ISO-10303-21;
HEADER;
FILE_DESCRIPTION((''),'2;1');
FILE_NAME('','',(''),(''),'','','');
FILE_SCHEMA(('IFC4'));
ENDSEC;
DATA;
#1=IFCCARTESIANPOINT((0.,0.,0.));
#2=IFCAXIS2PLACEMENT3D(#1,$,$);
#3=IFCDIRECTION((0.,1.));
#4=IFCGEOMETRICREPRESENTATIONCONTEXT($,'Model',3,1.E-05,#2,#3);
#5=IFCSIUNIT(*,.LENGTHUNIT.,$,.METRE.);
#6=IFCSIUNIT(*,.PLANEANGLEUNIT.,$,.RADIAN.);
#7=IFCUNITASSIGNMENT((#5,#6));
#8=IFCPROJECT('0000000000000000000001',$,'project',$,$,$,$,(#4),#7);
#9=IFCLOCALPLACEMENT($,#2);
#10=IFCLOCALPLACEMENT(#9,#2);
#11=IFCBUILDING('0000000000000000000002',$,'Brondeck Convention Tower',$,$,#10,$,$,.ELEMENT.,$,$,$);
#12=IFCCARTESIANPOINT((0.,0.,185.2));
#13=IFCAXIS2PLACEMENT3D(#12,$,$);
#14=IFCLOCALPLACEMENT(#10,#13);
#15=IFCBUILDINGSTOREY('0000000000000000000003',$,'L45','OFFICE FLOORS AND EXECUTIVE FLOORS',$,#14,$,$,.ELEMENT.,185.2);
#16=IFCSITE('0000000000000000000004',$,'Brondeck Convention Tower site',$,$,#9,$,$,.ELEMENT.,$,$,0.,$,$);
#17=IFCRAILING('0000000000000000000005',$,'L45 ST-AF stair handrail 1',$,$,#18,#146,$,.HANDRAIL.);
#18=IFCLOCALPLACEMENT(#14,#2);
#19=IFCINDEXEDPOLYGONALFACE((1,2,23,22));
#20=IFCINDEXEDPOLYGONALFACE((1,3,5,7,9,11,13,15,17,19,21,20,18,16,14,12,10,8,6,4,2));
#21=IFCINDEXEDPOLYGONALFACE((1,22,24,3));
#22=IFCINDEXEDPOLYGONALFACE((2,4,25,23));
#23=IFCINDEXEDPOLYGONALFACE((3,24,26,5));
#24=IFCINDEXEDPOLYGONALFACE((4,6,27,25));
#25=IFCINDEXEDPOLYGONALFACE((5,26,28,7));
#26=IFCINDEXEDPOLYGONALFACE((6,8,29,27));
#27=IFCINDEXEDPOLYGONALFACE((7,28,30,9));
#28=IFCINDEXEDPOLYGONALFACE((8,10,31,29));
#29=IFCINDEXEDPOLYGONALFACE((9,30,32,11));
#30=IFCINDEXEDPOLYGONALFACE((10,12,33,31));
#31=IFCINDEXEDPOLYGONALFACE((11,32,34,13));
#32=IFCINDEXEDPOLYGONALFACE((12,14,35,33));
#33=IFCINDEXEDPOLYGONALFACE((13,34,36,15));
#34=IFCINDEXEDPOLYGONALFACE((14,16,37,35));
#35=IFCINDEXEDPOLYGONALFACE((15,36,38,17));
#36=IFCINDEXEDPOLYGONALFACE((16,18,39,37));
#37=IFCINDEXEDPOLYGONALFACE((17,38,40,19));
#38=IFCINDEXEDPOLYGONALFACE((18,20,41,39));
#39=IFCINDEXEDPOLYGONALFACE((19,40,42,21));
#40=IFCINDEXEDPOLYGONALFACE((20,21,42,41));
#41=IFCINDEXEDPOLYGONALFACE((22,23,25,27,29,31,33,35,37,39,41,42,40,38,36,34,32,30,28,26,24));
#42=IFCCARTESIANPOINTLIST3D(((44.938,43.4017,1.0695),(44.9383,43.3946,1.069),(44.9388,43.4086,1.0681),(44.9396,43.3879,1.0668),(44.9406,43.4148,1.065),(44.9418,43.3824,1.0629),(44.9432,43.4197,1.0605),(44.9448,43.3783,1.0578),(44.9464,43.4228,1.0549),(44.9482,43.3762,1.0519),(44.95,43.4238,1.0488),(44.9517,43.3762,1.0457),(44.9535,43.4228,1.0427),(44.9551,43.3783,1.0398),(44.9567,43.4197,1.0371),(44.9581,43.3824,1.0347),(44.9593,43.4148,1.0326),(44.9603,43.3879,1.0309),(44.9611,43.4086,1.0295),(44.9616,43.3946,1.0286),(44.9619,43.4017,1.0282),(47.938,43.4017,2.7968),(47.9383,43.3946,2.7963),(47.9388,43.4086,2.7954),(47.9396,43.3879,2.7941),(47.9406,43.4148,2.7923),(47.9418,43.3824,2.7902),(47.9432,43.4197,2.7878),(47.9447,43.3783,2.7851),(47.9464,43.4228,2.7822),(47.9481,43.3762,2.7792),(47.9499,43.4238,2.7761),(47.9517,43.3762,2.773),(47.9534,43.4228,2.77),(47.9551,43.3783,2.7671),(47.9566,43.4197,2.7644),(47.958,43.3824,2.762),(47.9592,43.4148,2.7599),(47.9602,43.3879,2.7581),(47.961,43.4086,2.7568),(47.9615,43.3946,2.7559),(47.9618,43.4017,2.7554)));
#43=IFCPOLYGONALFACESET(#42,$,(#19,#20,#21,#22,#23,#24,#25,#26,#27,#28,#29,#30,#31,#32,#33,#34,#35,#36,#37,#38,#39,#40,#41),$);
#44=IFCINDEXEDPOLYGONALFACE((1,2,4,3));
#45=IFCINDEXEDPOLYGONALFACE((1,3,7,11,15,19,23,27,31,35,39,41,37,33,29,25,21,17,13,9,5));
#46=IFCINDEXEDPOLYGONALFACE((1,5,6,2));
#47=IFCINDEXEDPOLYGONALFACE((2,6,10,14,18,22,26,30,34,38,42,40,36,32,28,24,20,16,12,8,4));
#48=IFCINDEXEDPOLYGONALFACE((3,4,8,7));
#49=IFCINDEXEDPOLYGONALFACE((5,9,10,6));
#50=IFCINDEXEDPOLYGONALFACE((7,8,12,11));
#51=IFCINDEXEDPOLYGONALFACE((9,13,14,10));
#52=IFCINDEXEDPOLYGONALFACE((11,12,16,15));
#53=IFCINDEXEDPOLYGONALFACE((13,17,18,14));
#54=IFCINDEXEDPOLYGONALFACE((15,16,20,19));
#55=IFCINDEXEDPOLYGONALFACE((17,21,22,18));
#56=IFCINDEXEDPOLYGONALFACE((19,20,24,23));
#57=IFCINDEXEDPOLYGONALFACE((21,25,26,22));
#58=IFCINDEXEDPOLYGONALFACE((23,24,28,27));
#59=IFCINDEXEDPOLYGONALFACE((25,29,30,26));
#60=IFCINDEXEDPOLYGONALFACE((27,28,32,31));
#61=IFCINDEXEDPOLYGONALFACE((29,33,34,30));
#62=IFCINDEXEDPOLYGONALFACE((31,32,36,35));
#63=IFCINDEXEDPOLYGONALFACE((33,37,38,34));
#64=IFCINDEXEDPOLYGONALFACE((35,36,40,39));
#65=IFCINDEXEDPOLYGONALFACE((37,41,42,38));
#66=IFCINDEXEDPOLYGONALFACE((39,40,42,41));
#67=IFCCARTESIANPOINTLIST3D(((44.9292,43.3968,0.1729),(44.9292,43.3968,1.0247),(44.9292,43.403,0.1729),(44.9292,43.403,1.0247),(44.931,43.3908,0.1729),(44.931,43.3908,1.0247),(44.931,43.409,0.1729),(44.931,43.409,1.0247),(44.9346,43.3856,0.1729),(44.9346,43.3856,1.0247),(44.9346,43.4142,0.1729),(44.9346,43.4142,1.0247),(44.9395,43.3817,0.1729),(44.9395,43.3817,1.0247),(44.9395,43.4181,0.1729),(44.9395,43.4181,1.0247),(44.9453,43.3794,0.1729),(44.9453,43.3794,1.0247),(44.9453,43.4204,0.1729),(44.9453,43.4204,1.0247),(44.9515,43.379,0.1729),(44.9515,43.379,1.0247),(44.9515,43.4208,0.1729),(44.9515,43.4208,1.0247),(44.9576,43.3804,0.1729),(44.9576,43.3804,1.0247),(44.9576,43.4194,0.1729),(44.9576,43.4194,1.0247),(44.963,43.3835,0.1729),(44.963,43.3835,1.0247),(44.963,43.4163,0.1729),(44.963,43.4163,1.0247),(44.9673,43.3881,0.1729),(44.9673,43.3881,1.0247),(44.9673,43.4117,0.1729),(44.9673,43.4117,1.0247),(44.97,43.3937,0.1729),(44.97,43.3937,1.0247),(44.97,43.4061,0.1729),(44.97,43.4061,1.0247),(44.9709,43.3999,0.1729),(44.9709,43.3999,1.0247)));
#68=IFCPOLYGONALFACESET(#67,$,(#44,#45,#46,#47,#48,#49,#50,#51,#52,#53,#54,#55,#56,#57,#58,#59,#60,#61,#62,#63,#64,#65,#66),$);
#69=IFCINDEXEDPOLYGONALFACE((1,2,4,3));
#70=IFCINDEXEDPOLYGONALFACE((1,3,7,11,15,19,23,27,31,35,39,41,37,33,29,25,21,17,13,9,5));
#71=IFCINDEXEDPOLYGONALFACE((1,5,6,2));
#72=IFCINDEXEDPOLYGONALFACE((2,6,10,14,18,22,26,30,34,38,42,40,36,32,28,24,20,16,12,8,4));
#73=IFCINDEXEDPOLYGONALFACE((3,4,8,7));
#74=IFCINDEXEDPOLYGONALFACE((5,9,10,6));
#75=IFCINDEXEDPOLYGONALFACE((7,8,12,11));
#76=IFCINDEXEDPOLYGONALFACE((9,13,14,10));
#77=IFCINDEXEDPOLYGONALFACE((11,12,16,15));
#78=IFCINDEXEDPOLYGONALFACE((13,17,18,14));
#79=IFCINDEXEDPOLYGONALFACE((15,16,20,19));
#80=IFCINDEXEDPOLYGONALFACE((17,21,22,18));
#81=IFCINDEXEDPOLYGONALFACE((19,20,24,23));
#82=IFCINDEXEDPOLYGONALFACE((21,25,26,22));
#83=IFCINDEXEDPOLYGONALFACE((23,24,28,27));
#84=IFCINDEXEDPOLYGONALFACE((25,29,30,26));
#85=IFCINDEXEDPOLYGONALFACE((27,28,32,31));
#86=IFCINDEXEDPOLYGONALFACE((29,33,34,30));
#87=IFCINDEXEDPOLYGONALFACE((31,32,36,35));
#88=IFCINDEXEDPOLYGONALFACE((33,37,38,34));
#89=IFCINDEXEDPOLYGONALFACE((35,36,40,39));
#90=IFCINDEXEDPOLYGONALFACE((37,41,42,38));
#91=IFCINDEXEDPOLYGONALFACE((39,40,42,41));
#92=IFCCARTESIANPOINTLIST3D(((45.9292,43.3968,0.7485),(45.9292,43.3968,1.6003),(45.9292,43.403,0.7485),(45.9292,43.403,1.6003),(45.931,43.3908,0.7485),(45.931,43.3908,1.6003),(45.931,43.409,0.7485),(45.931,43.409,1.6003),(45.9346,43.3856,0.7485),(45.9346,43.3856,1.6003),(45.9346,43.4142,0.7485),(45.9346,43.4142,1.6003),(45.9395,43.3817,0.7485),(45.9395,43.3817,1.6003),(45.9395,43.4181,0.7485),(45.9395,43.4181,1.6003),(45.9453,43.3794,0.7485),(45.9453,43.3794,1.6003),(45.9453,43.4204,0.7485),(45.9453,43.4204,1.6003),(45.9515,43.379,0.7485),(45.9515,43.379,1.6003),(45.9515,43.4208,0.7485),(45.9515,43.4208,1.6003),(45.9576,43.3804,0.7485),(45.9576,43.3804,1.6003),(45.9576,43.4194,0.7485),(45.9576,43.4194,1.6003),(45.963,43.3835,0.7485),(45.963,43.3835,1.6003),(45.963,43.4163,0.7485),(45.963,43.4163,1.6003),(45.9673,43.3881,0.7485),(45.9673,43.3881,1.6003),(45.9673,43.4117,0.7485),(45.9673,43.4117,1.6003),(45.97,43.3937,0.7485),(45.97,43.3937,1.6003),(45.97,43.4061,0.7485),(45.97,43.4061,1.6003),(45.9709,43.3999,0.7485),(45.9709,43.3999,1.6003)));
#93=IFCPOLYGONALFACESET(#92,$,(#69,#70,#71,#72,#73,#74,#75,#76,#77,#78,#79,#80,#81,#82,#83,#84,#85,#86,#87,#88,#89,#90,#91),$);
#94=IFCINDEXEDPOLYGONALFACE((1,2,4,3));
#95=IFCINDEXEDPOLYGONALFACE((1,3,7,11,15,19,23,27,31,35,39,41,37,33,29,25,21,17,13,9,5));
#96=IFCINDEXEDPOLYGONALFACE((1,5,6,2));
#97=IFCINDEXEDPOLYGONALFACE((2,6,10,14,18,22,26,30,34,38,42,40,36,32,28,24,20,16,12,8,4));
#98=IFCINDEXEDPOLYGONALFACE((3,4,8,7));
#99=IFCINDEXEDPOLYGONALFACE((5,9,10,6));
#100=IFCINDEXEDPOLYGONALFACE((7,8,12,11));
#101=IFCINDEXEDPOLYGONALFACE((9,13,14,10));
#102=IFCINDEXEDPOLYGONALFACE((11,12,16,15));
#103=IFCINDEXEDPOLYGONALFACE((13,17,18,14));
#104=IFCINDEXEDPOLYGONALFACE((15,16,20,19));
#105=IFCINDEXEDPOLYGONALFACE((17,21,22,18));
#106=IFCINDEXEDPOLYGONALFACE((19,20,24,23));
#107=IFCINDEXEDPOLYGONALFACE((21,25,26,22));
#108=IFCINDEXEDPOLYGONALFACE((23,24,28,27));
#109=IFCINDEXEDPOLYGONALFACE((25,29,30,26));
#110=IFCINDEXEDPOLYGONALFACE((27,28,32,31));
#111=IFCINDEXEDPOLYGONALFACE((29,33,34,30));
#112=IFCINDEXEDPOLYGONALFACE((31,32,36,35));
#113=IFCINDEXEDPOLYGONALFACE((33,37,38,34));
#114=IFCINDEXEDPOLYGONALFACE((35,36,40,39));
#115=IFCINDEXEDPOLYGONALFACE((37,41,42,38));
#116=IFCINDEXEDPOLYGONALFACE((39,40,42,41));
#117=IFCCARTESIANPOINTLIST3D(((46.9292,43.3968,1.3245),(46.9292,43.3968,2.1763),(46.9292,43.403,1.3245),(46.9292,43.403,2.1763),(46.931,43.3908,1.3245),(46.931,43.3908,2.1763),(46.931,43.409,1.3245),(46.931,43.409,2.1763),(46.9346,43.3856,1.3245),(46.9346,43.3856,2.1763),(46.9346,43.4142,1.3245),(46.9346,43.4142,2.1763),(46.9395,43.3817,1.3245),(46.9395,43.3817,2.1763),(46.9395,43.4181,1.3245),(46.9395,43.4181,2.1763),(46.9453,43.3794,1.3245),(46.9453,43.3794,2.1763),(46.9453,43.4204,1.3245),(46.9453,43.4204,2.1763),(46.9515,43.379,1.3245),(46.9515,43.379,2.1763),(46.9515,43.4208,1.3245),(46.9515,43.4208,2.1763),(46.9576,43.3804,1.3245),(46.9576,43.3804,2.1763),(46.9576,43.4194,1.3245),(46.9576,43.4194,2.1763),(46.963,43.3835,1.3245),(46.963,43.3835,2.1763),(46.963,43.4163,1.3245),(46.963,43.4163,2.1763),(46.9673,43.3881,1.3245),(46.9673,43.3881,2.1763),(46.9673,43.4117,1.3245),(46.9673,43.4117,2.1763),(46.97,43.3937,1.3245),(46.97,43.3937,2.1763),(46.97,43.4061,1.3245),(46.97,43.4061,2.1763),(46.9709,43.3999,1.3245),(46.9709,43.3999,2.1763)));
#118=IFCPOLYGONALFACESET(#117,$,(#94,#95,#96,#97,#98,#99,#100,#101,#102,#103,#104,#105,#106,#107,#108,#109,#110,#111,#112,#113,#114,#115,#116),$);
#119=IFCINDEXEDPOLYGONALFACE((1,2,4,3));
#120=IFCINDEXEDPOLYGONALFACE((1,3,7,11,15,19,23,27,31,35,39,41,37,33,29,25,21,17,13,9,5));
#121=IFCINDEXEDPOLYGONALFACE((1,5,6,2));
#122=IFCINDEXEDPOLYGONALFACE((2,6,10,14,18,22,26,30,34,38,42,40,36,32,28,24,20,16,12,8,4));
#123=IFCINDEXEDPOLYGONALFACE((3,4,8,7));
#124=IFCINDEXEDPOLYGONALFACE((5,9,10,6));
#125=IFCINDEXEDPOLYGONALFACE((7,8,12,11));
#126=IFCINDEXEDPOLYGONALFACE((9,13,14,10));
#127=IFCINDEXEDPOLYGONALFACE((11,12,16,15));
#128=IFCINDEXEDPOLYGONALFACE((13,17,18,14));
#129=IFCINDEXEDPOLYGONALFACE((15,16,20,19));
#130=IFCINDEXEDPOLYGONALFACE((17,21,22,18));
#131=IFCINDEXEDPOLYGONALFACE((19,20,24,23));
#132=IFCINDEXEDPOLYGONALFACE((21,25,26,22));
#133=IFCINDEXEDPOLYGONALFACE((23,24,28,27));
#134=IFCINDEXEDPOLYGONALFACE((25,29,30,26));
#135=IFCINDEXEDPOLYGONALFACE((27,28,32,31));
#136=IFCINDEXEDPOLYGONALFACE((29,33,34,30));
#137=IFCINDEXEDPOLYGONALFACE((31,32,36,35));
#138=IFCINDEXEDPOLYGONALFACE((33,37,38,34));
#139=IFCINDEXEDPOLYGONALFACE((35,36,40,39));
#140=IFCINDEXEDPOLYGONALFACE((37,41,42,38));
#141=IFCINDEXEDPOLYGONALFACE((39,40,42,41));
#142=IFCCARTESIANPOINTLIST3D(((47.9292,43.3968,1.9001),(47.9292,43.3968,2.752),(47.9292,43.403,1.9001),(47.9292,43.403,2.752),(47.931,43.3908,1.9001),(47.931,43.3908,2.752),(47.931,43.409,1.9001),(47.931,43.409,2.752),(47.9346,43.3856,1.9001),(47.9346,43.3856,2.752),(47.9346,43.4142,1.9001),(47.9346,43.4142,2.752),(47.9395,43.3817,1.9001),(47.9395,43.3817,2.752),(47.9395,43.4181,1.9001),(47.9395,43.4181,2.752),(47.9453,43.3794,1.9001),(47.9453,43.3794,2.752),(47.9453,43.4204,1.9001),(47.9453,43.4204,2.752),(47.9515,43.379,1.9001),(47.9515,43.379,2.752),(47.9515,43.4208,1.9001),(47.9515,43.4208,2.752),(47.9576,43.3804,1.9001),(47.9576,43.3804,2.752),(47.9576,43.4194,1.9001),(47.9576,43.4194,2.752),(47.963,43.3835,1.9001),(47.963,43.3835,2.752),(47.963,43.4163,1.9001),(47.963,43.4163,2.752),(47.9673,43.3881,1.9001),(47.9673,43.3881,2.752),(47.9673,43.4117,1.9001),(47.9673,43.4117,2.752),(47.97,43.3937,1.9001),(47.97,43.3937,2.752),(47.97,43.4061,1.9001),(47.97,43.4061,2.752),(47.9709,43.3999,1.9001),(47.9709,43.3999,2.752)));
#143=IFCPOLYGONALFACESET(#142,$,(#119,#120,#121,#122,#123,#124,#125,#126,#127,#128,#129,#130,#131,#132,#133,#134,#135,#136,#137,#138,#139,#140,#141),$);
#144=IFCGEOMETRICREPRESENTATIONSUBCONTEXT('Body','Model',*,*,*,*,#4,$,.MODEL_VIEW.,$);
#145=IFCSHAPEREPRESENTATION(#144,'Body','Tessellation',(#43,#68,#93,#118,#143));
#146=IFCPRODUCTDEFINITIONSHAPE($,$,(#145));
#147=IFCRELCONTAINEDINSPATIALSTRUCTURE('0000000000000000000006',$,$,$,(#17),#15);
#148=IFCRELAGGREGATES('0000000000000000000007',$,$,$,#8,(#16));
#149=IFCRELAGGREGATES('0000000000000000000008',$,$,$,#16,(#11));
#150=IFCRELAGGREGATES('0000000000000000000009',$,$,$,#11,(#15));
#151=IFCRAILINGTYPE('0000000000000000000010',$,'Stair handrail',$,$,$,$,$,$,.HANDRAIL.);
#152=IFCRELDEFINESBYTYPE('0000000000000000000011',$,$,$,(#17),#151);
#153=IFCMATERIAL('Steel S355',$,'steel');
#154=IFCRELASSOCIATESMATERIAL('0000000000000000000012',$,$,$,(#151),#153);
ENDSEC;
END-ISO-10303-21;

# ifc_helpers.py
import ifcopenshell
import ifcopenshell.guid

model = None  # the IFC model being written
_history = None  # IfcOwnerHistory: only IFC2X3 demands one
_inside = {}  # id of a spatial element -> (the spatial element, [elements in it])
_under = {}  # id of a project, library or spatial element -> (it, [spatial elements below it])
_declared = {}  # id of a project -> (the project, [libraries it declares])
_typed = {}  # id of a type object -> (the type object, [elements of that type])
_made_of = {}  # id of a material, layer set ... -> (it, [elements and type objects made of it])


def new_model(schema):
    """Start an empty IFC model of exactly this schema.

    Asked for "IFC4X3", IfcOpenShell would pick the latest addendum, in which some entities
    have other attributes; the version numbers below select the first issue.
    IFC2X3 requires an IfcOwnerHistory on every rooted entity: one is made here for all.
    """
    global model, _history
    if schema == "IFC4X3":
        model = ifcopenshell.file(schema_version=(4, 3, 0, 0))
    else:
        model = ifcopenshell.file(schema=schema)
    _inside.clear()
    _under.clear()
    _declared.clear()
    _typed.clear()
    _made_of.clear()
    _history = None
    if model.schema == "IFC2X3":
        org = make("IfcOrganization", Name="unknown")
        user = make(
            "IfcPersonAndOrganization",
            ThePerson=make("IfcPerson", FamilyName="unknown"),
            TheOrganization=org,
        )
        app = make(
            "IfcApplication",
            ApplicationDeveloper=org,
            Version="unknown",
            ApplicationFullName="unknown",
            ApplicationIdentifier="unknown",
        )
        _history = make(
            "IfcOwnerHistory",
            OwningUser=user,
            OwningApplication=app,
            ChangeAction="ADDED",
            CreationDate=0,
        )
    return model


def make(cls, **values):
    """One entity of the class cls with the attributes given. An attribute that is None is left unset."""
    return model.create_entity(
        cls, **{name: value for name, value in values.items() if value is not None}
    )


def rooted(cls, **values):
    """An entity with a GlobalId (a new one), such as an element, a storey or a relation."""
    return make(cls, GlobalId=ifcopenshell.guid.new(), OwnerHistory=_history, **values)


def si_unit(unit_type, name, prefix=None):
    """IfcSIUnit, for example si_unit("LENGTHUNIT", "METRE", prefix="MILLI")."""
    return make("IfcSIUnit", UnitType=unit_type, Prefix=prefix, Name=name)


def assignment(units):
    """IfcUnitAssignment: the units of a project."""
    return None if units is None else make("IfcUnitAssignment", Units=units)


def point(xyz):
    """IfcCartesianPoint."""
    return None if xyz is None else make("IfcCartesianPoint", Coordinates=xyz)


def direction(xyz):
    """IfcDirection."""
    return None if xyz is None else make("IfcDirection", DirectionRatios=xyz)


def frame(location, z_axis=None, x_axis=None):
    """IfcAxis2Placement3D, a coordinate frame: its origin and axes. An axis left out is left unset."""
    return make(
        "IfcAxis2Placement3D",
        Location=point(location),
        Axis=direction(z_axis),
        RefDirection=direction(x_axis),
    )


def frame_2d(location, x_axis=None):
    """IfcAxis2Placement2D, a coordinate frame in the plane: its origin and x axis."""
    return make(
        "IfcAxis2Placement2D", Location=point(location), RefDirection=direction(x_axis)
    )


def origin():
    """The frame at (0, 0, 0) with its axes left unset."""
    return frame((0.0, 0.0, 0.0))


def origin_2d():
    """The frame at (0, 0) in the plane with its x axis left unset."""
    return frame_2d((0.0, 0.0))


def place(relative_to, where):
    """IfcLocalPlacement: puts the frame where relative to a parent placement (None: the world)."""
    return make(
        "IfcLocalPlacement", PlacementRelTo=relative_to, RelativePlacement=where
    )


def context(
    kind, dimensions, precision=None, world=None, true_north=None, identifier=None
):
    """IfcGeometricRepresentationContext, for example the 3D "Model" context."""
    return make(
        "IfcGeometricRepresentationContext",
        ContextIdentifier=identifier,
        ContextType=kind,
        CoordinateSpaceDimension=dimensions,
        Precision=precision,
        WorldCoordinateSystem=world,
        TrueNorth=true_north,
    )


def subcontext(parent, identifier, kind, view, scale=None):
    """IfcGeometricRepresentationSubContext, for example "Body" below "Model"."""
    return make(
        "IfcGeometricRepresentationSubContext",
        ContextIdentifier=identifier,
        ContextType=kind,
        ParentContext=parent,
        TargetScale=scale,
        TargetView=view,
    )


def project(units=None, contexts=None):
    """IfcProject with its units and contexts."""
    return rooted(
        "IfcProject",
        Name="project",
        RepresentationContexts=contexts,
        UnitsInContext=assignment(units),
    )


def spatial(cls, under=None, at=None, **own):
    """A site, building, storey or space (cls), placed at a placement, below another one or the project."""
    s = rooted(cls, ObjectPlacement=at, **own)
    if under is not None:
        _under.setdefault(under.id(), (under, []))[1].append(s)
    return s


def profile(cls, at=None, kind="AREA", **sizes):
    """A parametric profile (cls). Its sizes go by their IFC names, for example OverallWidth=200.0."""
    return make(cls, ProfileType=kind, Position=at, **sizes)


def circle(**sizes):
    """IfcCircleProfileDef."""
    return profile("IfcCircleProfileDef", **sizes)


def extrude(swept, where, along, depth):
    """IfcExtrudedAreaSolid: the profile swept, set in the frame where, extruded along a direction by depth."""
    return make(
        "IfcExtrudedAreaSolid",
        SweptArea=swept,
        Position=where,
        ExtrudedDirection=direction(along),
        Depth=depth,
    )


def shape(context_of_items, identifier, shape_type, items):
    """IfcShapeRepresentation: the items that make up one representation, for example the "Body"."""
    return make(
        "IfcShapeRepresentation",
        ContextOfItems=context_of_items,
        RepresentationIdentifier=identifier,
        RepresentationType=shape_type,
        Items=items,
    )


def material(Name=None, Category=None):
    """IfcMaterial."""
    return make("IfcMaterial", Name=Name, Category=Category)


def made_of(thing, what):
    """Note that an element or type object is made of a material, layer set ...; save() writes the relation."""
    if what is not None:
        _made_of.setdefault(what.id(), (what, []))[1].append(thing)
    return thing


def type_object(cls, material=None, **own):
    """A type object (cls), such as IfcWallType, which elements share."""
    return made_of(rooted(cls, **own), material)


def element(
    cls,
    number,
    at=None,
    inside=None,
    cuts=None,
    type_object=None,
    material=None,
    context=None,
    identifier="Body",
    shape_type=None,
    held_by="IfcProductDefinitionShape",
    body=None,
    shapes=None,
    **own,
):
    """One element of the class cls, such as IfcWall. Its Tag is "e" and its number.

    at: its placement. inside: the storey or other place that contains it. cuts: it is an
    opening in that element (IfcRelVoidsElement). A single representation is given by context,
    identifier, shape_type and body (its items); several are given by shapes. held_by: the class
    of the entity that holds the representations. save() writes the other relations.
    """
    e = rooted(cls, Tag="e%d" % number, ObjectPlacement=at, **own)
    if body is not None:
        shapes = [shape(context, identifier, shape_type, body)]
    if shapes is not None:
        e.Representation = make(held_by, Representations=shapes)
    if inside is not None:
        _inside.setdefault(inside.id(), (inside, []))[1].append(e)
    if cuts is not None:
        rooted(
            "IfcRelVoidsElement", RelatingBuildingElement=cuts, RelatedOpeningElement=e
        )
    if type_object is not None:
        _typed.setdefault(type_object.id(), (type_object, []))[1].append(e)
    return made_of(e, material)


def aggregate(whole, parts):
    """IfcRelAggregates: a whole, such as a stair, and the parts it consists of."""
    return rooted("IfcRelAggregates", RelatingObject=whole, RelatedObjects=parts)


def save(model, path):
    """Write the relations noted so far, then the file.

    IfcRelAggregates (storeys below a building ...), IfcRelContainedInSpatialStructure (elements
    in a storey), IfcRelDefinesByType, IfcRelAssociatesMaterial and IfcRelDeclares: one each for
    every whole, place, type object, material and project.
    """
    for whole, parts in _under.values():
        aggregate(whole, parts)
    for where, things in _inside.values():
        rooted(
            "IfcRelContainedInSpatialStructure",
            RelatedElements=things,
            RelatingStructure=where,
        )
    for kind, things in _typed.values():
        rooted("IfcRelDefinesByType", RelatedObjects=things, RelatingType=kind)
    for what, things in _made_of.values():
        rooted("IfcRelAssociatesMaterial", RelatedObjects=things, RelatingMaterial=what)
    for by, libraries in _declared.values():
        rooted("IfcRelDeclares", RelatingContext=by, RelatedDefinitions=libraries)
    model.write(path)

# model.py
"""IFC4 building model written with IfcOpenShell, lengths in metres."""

from ifc_helpers import new_model, si_unit, direction, frame, origin, origin_2d, place, context, subcontext, project, spatial, circle, extrude, material, type_object, element, save


model = new_model("IFC4")

# Units and contexts
model_context = context("Model", 3, precision=1e-05, world=origin(), true_north=direction((0.0, 1.0)))
body_context = subcontext(model_context, "Body", "Model", "MODEL_VIEW")
ifc_project = project(units=[si_unit("LENGTHUNIT", "METRE"), si_unit("PLANEANGLEUNIT", "RADIAN")], contexts=[model_context])

# Site, building, storey
site_placement = place(None, origin())
site = spatial("IfcSite", under=ifc_project, at=site_placement, Name="Brondeck Convention Tower site", CompositionType="ELEMENT", RefElevation=0.0)
building_placement = place(site_placement, origin())
building = spatial("IfcBuilding", under=site, at=building_placement, Name="Brondeck Convention Tower", CompositionType="ELEMENT")
storey_placement = place(building_placement, frame((0.0, 0.0, 185.2)))
storey = spatial("IfcBuildingStorey", under=building, at=storey_placement, Name="L45", Description="OFFICE FLOORS AND EXECUTIVE FLOORS", CompositionType="ELEMENT", Elevation=185.2)

# Shared definitions
ifc_material_1 = material(Name="Steel S355", Category="steel")

# Railing
railing_type_1 = type_object("IfcRailingType", Name="Stair handrail", PredefinedType="HANDRAIL", material=ifc_material_1)
railing_1_placement = place(storey_placement, frame((44.95, 43.3999, 0.1729)))
element("IfcRailing", 1, at=railing_1_placement, inside=storey, type_object=railing_type_1, Name="L45 ST-AF stair handrail 1", PredefinedType="HANDRAIL", context=body_context, shape_type="SweptSolid", body=[
    extrude(circle(Radius=0.0239, at=origin_2d()), frame((0.0, 0.0, 0.876), z_axis=(0.86662, 0.0, 0.498969), x_axis=(0.0, 1.0, 0.0)), (0.0, 0.0, 1.0), 3.4617),
    extrude(circle(Radius=0.021, at=origin_2d()), origin(), (0.0, 0.0, 1.0), 0.8518),
    extrude(circle(Radius=0.021, at=origin_2d()), frame((1.0, 0.0, 0.5757)), (0.0, 0.0, 1.0), 0.8518),
    extrude(circle(Radius=0.021, at=origin_2d()), frame((2.0, 0.0, 1.1516)), (0.0, 0.0, 1.0), 0.8518),
    extrude(circle(Radius=0.021, at=origin_2d()), frame((3.0, 0.0, 1.7273)), (0.0, 0.0, 1.0), 0.8518),
])

save(model, "model.ifc")
